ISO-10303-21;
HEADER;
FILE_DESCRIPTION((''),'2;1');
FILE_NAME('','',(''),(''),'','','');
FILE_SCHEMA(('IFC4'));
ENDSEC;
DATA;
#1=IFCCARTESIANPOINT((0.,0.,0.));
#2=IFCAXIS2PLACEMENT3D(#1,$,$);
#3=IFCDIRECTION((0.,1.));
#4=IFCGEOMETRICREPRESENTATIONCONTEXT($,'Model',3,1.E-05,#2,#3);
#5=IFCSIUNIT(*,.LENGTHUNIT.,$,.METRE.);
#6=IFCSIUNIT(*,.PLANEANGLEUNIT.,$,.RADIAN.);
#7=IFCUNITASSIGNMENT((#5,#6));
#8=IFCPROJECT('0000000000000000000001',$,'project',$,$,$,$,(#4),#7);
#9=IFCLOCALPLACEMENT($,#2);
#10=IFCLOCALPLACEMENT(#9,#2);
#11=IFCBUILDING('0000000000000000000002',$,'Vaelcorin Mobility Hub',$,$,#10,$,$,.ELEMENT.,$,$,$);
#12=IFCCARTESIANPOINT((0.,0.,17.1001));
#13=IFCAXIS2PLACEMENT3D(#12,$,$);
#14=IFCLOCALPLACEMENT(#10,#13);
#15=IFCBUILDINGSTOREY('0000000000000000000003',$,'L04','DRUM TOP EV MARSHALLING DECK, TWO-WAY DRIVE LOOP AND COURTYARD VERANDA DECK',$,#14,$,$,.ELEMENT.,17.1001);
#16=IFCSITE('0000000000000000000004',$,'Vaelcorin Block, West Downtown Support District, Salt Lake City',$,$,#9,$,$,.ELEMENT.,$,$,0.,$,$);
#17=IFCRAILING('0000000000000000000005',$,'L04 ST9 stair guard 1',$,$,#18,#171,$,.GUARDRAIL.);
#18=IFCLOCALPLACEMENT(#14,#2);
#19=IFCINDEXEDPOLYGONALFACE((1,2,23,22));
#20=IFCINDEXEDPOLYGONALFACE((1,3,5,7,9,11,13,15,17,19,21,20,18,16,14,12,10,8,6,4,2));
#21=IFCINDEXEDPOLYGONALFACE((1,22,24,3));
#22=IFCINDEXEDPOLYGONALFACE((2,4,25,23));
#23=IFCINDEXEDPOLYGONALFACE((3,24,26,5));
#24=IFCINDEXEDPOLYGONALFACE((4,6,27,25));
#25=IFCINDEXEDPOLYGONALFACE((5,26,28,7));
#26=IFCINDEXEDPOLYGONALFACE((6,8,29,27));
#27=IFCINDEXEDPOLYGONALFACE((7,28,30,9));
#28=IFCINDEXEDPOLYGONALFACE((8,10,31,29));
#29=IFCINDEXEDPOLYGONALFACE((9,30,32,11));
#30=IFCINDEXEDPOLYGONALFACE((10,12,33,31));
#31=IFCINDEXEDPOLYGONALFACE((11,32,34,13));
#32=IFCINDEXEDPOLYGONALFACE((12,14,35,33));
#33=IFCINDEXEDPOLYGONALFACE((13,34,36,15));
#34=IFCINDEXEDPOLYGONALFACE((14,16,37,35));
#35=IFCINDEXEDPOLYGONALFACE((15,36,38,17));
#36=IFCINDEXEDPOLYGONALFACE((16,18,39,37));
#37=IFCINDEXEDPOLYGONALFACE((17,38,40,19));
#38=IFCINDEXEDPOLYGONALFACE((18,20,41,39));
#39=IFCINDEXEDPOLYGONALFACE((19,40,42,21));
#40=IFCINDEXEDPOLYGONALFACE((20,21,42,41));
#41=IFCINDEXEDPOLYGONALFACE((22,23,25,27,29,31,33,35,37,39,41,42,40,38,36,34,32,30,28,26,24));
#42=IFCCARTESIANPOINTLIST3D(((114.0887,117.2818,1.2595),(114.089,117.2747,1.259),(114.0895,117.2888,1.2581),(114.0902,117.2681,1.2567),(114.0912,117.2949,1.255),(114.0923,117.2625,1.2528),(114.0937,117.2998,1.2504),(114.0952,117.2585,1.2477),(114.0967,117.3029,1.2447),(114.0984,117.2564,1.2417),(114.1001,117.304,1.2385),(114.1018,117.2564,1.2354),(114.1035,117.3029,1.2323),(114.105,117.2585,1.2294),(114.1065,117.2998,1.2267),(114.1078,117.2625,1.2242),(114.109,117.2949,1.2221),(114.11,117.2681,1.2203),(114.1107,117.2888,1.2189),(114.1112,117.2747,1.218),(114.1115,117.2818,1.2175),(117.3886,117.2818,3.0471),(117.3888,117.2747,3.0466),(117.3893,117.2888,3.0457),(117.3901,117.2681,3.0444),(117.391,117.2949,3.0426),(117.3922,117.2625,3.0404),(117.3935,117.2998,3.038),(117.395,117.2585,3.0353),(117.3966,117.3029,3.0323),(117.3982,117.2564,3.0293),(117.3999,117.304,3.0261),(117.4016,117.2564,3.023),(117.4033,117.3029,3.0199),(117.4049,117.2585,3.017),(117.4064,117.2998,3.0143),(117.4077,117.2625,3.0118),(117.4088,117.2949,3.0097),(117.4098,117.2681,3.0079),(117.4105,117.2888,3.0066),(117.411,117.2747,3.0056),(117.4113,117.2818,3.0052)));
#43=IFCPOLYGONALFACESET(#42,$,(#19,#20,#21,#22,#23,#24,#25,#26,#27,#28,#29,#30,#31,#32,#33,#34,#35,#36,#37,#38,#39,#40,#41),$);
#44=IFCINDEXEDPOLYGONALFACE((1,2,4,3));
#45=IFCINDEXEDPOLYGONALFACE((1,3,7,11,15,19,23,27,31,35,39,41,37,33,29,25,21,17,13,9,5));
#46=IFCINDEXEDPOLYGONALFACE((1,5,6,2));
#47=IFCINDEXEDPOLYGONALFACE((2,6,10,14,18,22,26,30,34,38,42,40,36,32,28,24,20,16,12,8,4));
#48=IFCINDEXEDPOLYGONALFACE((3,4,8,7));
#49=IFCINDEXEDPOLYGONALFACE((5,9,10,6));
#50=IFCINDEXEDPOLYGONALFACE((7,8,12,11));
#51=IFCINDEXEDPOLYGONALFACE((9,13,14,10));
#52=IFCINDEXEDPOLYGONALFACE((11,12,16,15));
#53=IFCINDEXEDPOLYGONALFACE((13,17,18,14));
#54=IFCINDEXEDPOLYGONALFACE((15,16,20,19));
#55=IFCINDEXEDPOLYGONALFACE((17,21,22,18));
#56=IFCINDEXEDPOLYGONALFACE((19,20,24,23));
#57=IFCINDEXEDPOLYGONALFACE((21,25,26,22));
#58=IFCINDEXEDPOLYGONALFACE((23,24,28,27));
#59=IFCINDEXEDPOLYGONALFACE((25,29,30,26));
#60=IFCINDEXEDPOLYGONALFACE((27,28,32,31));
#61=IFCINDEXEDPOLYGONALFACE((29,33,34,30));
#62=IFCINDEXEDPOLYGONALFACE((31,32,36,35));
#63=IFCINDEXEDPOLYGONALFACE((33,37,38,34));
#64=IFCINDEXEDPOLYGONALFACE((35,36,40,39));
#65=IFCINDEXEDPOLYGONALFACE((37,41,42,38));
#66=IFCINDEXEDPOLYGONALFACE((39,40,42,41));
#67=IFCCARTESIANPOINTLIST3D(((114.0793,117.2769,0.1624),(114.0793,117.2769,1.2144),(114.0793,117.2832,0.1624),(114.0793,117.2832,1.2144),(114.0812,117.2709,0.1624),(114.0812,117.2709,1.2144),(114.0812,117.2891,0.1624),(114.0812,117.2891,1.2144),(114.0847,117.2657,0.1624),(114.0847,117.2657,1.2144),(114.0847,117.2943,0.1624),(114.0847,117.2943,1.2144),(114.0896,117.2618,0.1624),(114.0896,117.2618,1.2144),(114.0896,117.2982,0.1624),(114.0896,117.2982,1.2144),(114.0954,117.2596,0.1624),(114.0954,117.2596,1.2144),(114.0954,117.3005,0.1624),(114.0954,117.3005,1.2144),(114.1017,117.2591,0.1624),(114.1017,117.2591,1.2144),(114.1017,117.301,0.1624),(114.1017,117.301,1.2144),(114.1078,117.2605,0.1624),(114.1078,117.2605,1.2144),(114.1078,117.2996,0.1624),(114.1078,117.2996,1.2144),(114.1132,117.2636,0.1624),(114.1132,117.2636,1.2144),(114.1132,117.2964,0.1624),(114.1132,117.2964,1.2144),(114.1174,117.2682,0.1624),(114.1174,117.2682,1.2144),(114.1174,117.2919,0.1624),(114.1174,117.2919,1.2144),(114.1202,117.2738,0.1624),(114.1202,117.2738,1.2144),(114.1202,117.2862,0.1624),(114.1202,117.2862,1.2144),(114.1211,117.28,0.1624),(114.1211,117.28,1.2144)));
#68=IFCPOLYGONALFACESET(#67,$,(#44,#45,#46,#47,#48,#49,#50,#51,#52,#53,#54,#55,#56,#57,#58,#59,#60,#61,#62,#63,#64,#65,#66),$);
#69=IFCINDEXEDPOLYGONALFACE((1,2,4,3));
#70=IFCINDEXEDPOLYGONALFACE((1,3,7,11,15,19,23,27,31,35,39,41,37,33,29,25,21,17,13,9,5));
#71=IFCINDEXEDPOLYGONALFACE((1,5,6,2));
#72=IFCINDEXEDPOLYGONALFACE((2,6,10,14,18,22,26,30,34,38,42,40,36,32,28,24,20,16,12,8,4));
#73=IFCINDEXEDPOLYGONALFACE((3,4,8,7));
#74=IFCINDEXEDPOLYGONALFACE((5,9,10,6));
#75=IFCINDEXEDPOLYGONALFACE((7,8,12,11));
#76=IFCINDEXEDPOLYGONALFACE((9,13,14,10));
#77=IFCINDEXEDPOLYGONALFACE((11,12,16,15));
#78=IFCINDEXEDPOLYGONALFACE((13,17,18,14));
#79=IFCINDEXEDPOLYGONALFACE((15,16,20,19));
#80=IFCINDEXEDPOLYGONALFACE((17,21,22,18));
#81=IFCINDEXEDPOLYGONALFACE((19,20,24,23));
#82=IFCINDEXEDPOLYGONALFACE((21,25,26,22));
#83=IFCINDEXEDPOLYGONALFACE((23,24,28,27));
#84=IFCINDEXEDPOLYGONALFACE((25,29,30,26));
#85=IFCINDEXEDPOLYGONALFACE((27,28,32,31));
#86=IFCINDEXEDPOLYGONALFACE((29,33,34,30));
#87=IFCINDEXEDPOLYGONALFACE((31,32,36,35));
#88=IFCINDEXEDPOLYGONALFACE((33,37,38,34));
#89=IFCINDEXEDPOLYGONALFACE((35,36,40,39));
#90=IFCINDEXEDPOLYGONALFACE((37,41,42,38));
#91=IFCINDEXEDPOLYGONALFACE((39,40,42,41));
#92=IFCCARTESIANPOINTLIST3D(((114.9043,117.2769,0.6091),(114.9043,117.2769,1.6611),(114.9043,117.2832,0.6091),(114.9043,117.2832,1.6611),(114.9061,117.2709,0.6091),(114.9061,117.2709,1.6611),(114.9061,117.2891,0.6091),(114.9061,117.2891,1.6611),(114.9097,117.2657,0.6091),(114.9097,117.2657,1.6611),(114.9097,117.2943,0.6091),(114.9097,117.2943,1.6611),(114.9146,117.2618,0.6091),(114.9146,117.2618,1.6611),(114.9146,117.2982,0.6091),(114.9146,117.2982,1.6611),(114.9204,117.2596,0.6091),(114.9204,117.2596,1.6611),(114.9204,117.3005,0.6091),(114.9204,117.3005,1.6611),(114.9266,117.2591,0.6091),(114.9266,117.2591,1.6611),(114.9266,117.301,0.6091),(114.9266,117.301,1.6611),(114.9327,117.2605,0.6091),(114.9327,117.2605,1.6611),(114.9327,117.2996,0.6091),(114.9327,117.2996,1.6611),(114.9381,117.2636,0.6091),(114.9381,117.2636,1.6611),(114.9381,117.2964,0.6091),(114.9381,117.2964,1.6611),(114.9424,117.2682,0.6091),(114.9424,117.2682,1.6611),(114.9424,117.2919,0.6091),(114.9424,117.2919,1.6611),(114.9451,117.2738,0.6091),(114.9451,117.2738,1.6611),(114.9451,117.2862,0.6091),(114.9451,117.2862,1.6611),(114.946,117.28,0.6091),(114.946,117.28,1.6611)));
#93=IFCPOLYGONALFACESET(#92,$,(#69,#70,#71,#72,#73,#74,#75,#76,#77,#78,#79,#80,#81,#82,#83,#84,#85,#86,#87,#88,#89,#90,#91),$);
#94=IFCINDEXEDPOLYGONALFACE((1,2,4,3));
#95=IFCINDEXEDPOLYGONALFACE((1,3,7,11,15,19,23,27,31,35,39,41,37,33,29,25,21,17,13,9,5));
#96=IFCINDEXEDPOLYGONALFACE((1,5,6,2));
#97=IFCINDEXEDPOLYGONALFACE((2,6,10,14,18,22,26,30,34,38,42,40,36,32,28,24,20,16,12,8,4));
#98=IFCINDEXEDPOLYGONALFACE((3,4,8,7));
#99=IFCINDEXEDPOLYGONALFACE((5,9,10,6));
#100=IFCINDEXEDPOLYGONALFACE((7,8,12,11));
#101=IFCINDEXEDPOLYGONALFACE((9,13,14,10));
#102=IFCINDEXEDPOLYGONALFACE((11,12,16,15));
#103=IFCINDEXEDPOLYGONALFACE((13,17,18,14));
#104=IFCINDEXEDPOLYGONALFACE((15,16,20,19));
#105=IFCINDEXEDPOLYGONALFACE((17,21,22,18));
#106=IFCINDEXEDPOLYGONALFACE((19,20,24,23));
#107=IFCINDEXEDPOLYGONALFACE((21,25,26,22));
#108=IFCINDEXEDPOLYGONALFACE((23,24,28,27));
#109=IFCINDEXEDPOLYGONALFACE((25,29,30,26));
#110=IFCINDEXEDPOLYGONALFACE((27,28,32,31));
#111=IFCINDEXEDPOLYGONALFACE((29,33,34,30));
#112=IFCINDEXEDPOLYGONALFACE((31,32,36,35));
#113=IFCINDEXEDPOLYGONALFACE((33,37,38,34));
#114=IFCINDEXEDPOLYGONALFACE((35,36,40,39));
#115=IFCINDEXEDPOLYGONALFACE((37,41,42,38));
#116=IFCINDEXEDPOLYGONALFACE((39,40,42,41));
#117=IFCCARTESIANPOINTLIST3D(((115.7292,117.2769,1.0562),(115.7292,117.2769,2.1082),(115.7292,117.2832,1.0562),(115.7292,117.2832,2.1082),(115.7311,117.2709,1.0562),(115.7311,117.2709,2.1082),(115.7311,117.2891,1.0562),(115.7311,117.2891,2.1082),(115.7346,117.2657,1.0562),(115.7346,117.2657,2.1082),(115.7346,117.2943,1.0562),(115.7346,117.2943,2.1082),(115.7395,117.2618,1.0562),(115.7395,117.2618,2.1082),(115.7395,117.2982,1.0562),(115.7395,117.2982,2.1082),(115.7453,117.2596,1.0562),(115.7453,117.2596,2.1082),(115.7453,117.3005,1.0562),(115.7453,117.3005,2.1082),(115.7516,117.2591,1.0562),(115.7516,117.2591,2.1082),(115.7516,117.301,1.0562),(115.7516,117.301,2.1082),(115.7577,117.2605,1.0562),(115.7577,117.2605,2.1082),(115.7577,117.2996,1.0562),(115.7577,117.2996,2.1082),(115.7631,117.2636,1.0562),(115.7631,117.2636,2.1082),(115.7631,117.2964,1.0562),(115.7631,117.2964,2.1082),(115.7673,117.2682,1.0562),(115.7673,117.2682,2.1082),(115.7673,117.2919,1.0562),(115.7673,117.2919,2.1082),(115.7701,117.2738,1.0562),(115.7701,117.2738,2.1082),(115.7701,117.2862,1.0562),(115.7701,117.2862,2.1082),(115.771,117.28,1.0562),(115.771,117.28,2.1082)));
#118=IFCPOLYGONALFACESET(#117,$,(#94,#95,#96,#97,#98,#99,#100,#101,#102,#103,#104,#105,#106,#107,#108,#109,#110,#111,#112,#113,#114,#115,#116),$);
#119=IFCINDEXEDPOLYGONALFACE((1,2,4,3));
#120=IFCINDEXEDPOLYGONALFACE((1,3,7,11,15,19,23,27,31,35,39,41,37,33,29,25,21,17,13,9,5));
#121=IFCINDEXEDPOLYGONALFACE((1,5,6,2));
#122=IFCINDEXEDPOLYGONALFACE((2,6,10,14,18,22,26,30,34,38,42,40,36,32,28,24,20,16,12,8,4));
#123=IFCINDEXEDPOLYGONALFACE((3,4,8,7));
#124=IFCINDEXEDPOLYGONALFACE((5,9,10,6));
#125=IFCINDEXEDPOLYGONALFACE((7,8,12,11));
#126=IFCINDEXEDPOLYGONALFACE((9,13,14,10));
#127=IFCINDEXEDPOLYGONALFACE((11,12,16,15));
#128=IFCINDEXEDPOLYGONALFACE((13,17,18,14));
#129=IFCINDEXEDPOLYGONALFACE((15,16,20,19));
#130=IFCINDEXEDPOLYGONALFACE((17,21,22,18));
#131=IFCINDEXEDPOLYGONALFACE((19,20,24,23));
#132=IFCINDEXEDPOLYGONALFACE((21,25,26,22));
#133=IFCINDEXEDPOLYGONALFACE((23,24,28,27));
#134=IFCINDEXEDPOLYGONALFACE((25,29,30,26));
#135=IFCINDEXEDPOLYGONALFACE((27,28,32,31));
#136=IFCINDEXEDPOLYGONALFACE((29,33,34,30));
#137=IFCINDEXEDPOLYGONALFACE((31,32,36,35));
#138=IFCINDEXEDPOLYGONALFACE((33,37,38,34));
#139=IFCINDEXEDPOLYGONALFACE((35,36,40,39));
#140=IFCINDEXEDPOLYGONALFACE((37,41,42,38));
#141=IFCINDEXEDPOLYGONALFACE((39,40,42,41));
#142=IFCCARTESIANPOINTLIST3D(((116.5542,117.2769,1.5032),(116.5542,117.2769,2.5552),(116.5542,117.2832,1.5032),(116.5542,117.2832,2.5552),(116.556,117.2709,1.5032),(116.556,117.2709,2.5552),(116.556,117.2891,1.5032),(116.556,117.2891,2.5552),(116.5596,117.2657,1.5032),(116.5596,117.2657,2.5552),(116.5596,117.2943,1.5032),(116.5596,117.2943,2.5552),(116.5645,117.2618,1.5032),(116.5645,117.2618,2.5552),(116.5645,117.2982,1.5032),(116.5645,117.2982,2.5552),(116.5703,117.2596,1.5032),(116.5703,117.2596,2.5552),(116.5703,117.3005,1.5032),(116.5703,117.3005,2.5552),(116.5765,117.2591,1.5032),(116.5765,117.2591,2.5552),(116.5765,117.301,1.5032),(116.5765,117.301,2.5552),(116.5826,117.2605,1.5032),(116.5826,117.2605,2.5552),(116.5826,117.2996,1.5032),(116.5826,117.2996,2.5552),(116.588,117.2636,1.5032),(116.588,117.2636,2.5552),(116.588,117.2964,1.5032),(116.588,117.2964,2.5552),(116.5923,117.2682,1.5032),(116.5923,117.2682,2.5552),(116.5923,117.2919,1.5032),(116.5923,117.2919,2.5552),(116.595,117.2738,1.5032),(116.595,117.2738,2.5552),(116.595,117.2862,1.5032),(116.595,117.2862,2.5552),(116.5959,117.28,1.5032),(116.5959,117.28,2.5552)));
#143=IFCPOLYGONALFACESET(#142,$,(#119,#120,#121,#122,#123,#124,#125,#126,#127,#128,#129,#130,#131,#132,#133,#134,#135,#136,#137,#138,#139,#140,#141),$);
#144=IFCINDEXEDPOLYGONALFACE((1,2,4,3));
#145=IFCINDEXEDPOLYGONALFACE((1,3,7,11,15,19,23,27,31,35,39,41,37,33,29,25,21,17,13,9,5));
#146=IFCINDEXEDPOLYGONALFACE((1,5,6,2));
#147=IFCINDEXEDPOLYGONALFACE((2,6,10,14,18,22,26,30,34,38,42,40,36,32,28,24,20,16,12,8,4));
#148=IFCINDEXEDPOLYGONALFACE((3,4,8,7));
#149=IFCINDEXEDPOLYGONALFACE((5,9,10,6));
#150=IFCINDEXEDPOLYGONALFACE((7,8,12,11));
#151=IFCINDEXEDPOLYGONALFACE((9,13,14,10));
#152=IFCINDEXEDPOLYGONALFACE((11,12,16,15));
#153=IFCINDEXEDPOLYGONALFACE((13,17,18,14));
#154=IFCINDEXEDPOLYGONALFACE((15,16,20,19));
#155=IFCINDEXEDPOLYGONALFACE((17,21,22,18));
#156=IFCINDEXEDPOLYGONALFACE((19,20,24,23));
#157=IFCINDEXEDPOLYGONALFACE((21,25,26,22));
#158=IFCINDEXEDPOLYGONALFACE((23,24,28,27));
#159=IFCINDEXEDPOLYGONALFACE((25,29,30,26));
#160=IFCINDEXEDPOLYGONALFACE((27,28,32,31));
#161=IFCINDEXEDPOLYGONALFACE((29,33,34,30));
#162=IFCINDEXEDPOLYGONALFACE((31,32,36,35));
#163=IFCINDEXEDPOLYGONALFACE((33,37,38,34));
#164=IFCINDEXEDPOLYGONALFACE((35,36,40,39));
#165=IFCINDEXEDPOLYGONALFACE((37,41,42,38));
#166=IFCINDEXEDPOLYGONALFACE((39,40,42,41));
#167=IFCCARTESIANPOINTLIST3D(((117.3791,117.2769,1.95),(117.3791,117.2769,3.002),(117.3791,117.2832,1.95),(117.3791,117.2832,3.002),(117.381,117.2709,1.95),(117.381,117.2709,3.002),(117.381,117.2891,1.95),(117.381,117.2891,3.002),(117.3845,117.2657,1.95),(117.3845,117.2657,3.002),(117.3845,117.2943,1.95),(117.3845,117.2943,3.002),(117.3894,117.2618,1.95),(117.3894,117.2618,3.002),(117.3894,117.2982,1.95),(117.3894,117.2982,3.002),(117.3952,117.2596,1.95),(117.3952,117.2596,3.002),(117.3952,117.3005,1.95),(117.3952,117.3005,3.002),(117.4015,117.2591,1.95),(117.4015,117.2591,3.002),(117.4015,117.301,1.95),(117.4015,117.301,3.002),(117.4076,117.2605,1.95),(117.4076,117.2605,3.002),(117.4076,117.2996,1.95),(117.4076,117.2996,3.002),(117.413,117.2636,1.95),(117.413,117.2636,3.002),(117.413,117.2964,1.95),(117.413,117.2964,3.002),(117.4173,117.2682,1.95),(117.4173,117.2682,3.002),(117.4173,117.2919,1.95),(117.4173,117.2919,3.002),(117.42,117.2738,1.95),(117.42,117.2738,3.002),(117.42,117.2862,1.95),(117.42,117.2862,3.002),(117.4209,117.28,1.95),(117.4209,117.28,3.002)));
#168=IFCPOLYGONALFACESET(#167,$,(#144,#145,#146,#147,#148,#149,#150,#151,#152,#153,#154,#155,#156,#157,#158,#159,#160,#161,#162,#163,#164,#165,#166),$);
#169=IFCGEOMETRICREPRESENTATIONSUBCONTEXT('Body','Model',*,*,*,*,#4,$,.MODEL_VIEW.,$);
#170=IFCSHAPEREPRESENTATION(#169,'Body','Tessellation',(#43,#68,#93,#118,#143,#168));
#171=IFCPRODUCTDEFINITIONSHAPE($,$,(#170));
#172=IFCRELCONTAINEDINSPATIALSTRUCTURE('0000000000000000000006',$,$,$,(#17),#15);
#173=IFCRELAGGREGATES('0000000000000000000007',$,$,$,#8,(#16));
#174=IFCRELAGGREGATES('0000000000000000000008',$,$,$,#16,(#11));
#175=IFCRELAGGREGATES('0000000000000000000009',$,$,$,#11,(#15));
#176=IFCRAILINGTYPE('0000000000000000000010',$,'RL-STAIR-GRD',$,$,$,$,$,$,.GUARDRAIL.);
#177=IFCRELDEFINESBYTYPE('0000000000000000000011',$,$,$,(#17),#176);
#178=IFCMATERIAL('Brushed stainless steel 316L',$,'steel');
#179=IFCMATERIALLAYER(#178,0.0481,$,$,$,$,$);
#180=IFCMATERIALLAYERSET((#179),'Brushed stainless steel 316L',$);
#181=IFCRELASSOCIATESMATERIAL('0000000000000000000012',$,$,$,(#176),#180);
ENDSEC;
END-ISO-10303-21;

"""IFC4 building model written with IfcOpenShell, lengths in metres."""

from ifc_helpers import new_model, si_unit, direction, frame, origin, origin_2d, place, context, subcontext, project, spatial, circle, extrude, material, layer, layer_set, type_object, element, save


model = new_model("IFC4")

# Units and contexts
model_context = context("Model", 3, precision=1e-05, world=origin(), true_north=direction((0.0, 1.0)))
body_context = subcontext(model_context, "Body", "Model", "MODEL_VIEW")
ifc_project = project(units=[si_unit("LENGTHUNIT", "METRE"), si_unit("PLANEANGLEUNIT", "RADIAN")], contexts=[model_context])

# Site, building, storey
site_placement = place(None, origin())
site = spatial("IfcSite", under=ifc_project, at=site_placement, Name="Vaelcorin Block, West Downtown Support District, Salt Lake City", CompositionType="ELEMENT", RefElevation=0.0)
building_placement = place(site_placement, origin())
building = spatial("IfcBuilding", under=site, at=building_placement, Name="Vaelcorin Mobility Hub", CompositionType="ELEMENT")
storey_placement = place(building_placement, frame((0.0, 0.0, 17.1001)))
storey = spatial("IfcBuildingStorey", under=building, at=storey_placement, Name="L04", Description="DRUM TOP EV MARSHALLING DECK, TWO-WAY DRIVE LOOP AND COURTYARD VERANDA DECK", CompositionType="ELEMENT", Elevation=17.1001)

# Railing
ifc_material_1 = material(Name="Brushed stainless steel 316L", Category="steel")
ifc_layer_1 = layer(ifc_material_1, 0.0481)
ifc_layer_set_1 = layer_set([ifc_layer_1], Name="Brushed stainless steel 316L")
railing_type_1 = type_object("IfcRailingType", Name="RL-STAIR-GRD", PredefinedType="GUARDRAIL", material=ifc_layer_set_1)
railing_1_placement = place(storey_placement, frame((114.1001, 117.28, 0.1624)))
element("IfcRailing", 1, at=railing_1_placement, inside=storey, type_object=railing_type_1, Name="L04 ST9 stair guard 1", PredefinedType="GUARDRAIL", context=body_context, shape_type="SweptSolid", body=[
    extrude(circle(Radius=0.0239, at=origin_2d()), frame((0.0, 0.0, 1.0762), z_axis=(0.879269, 0.0, 0.476325), x_axis=(0.0, 1.0, 0.0)), (0.0, 0.0, 1.0), 3.7529),
    extrude(circle(Radius=0.021, at=origin_2d()), origin(), (0.0, 0.0, 1.0), 1.052),
    extrude(circle(Radius=0.021, at=origin_2d()), frame((0.825, 0.0, 0.4468)), (0.0, 0.0, 1.0), 1.052),
    extrude(circle(Radius=0.021, at=origin_2d()), frame((1.6499, 0.0, 0.8938)), (0.0, 0.0, 1.0), 1.052),
    extrude(circle(Radius=0.021, at=origin_2d()), frame((2.4749, 0.0, 1.3408)), (0.0, 0.0, 1.0), 1.052),
    extrude(circle(Radius=0.021, at=origin_2d()), frame((3.2998, 0.0, 1.7876)), (0.0, 0.0, 1.0), 1.052),
])

save(model, "model.ifc")
